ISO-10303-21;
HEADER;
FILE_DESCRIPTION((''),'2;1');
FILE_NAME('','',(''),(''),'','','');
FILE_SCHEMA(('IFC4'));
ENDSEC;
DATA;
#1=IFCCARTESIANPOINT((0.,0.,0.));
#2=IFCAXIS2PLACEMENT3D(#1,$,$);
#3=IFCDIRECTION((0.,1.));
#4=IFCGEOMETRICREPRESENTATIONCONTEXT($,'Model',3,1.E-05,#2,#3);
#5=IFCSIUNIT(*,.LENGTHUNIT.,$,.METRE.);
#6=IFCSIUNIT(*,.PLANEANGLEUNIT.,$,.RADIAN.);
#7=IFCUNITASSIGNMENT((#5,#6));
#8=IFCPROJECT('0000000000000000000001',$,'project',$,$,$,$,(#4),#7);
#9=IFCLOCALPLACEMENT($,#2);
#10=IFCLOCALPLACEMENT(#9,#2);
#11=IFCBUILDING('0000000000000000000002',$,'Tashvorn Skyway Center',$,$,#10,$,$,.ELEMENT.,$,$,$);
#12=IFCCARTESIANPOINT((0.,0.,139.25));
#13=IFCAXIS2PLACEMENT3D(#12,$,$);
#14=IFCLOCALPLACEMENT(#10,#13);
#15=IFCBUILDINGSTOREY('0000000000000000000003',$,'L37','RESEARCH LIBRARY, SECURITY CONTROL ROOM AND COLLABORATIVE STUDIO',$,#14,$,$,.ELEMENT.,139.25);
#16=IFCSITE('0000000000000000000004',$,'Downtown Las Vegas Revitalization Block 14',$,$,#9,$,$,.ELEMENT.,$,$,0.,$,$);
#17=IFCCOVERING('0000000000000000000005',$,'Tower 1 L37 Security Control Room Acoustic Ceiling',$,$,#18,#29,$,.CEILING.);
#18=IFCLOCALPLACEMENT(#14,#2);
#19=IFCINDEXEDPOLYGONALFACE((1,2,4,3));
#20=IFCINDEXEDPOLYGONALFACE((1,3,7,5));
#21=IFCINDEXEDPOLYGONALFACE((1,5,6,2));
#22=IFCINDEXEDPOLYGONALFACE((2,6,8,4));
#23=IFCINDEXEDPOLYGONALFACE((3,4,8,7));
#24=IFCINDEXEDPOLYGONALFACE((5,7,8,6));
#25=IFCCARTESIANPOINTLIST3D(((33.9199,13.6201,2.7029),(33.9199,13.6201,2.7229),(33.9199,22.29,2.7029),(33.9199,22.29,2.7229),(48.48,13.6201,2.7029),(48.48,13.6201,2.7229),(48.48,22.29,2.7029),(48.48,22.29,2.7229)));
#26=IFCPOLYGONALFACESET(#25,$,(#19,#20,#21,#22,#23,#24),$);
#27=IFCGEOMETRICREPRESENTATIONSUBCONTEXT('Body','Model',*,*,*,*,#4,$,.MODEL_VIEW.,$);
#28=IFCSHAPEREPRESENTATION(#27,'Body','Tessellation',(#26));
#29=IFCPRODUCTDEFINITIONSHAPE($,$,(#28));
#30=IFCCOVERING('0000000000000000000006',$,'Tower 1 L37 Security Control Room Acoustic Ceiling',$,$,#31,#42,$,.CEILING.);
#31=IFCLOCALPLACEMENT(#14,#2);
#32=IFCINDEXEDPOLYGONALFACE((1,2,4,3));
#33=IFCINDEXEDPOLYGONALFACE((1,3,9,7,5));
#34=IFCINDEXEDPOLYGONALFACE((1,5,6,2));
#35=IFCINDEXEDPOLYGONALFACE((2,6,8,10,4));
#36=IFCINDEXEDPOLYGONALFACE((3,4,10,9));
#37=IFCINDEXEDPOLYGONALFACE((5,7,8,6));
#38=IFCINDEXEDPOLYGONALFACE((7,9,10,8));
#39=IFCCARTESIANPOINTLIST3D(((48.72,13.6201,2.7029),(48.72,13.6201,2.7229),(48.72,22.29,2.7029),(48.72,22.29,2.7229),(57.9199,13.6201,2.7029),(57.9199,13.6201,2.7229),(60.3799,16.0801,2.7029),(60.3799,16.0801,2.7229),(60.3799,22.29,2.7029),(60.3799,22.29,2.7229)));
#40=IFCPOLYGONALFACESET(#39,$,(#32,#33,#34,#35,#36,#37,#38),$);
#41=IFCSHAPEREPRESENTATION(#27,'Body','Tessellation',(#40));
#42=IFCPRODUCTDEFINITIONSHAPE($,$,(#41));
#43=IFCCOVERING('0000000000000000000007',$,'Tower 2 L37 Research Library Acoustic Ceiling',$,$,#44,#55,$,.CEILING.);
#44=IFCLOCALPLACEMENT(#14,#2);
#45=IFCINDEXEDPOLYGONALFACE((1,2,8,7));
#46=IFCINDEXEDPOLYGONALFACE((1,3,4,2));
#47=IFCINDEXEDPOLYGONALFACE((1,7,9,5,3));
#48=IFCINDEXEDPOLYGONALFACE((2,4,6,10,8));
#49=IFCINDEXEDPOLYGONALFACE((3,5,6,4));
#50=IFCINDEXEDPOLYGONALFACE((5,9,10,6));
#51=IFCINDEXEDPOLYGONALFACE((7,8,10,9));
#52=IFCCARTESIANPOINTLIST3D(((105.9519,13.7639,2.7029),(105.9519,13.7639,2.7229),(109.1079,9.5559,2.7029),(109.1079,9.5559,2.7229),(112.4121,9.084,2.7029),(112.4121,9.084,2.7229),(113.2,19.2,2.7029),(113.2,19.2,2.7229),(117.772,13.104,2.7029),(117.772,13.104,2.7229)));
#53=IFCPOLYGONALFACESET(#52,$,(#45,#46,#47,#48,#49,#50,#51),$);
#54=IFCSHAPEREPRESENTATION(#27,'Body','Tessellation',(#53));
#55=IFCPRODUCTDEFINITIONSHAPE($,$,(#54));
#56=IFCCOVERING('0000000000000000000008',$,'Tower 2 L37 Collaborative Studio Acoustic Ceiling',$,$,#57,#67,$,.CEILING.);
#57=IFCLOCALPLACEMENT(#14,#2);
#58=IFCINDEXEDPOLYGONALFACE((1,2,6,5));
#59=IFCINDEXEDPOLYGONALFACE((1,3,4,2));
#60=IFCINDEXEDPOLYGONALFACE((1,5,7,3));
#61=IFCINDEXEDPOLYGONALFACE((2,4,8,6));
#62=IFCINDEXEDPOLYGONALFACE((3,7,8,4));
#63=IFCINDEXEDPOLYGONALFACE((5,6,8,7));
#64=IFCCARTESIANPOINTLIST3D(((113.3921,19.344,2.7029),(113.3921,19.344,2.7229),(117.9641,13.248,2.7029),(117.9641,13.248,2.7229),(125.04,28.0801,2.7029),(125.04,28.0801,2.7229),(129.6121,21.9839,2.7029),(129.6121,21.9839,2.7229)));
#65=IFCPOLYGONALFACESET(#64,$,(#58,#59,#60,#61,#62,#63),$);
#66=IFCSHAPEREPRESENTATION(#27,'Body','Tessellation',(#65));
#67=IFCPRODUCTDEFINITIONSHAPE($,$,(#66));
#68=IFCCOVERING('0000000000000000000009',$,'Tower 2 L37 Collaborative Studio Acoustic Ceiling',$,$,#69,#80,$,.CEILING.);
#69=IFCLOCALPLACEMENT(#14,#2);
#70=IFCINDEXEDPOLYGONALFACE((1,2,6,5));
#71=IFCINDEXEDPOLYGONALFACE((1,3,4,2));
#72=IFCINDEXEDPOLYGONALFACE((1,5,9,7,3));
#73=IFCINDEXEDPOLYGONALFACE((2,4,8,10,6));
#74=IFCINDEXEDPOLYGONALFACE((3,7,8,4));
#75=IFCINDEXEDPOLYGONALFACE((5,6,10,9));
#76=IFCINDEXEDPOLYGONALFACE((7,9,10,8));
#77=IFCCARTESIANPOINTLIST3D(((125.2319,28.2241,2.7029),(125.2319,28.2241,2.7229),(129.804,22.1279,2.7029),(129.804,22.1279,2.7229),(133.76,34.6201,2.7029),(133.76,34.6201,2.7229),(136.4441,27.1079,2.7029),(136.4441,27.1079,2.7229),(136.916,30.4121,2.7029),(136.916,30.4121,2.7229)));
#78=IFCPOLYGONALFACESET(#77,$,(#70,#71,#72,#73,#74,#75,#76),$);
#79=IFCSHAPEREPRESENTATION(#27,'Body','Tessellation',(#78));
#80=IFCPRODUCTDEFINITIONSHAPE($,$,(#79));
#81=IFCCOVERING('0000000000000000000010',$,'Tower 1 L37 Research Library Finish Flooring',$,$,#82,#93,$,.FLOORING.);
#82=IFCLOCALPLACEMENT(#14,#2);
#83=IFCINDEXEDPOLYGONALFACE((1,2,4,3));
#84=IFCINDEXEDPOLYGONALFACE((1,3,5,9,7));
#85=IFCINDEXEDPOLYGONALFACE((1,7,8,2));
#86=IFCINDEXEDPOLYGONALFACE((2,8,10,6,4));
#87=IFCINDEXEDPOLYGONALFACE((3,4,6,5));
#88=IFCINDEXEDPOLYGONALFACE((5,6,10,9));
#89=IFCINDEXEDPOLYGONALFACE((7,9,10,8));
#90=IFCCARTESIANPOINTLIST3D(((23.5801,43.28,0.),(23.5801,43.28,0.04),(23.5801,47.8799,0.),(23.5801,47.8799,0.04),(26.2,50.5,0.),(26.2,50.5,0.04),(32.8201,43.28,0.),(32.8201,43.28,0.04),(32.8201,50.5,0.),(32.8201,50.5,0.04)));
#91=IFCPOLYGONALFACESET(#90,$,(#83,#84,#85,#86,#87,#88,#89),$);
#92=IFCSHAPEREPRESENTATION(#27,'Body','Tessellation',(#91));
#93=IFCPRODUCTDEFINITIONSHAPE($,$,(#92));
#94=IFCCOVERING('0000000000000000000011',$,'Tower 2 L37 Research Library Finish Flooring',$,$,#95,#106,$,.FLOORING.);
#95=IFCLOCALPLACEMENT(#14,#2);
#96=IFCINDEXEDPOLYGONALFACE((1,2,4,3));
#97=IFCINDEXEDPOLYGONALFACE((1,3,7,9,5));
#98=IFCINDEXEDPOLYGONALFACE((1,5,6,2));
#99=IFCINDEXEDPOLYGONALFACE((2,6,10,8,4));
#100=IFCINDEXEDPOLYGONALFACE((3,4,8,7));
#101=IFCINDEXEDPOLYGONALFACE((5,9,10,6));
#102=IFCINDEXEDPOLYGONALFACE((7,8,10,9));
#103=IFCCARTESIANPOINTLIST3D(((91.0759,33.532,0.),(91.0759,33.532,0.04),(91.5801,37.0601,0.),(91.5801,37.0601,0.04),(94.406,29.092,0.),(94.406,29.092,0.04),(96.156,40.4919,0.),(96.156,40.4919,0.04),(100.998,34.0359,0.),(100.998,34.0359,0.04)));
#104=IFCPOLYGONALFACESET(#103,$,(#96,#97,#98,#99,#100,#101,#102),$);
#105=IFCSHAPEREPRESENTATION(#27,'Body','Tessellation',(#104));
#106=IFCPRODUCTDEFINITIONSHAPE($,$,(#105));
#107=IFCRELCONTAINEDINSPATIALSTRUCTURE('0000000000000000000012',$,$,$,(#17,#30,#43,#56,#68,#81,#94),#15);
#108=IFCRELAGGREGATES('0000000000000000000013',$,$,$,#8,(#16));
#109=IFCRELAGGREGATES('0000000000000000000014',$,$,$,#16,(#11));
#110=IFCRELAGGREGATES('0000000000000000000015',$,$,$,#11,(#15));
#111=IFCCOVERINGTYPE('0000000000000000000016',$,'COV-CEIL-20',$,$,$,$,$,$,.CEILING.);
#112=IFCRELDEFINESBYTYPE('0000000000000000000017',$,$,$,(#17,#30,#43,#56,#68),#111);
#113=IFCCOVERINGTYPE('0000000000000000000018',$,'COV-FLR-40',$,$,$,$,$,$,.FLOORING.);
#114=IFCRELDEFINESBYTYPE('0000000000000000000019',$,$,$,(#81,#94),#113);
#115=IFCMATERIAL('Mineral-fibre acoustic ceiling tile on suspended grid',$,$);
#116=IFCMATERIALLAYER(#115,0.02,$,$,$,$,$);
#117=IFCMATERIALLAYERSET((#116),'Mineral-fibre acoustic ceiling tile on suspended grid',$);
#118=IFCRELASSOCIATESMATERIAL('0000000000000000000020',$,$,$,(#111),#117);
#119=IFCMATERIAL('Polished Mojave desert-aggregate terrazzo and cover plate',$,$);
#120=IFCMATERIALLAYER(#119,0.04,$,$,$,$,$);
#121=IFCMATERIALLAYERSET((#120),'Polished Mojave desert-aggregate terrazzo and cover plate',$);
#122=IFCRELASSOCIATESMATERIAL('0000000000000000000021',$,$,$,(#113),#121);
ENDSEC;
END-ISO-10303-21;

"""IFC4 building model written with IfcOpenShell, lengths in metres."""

from ifc_helpers import new_model, si_unit, direction, frame, origin, place, context, subcontext, project, spatial, polyline, outline, extrude, material, layer, layer_set, type_object, element, save


model = new_model("IFC4")

# Units and contexts
model_context = context("Model", 3, precision=1e-05, world=origin(), true_north=direction((0.0, 1.0)))
body_context = subcontext(model_context, "Body", "Model", "MODEL_VIEW")
ifc_project = project(units=[si_unit("LENGTHUNIT", "METRE"), si_unit("PLANEANGLEUNIT", "RADIAN")], contexts=[model_context])

# Site, building, storey
site_placement = place(None, origin())
site = spatial("IfcSite", under=ifc_project, at=site_placement, Name="Downtown Las Vegas Revitalization Block 14", CompositionType="ELEMENT", RefElevation=0.0)
building_placement = place(site_placement, origin())
building = spatial("IfcBuilding", under=site, at=building_placement, Name="Tashvorn Skyway Center", CompositionType="ELEMENT")
storey_placement = place(building_placement, frame((0.0, 0.0, 139.25)))
storey = spatial("IfcBuildingStorey", under=building, at=storey_placement, Name="L37", Description="RESEARCH LIBRARY, SECURITY CONTROL ROOM AND COLLABORATIVE STUDIO", CompositionType="ELEMENT", Elevation=139.25)

# Coverings
ifc_material_1 = material(Name="Mineral-fibre acoustic ceiling tile on suspended grid")
ifc_layer_1 = layer(ifc_material_1, 0.02)
ifc_layer_set_1 = layer_set([ifc_layer_1], Name="Mineral-fibre acoustic ceiling tile on suspended grid")
covering_type_1 = type_object("IfcCoveringType", Name="COV-CEIL-20", PredefinedType="CEILING", material=ifc_layer_set_1)
covering_1_placement = place(storey_placement, frame((0.0, 0.0, 2.7029)))
element("IfcCovering", 1, at=covering_1_placement, inside=storey, type_object=covering_type_1, Name="Tower 1 L37 Security Control Room Acoustic Ceiling", PredefinedType="CEILING", context=body_context, shape_type="SweptSolid", body=[
    extrude(outline(polyline([(33.9199, 22.29), (48.48, 22.29), (48.48, 13.6201), (33.9199, 13.6201), (33.9199, 22.29)])), origin(), (0.0, 0.0, 1.0), 0.02),
])
covering_2_placement = place(storey_placement, frame((0.0, 0.0, 2.7029)))
element("IfcCovering", 2, at=covering_2_placement, inside=storey, type_object=covering_type_1, Name="Tower 1 L37 Security Control Room Acoustic Ceiling", PredefinedType="CEILING", context=body_context, shape_type="SweptSolid", body=[
    extrude(outline(polyline([(48.72, 13.6201), (48.72, 22.29), (60.3799, 22.29), (60.3799, 16.0801), (57.9199, 13.6201), (48.72, 13.6201)])), origin(), (0.0, 0.0, 1.0), 0.02),
])
covering_3_placement = place(storey_placement, frame((0.0, 0.0, 2.7029)))
element("IfcCovering", 3, at=covering_3_placement, inside=storey, type_object=covering_type_1, Name="Tower 2 L37 Research Library Acoustic Ceiling", PredefinedType="CEILING", context=body_context, shape_type="SweptSolid", body=[
    extrude(outline(polyline([(105.9519, 13.7639), (113.2, 19.2), (117.772, 13.104), (112.4121, 9.084), (109.1079, 9.5559), (105.9519, 13.7639)])), origin(), (0.0, 0.0, 1.0), 0.02),
])
covering_4_placement = place(storey_placement, frame((0.0, 0.0, 2.7029)))
element("IfcCovering", 4, at=covering_4_placement, inside=storey, type_object=covering_type_1, Name="Tower 2 L37 Collaborative Studio Acoustic Ceiling", PredefinedType="CEILING", context=body_context, shape_type="SweptSolid", body=[
    extrude(outline(polyline([(113.3921, 19.344), (125.04, 28.0801), (129.6121, 21.9839), (117.9641, 13.248), (113.3921, 19.344)])), origin(), (0.0, 0.0, 1.0), 0.02),
])
covering_5_placement = place(storey_placement, frame((0.0, 0.0, 2.7029)))
element("IfcCovering", 5, at=covering_5_placement, inside=storey, type_object=covering_type_1, Name="Tower 2 L37 Collaborative Studio Acoustic Ceiling", PredefinedType="CEILING", context=body_context, shape_type="SweptSolid", body=[
    extrude(outline(polyline([(129.804, 22.1279), (125.2319, 28.2241), (133.76, 34.6201), (136.916, 30.4121), (136.4441, 27.1079), (129.804, 22.1279)])), origin(), (0.0, 0.0, 1.0), 0.02),
])
ifc_material_2 = material(Name="Polished Mojave desert-aggregate terrazzo and cover plate")
ifc_layer_2 = layer(ifc_material_2, 0.04)
ifc_layer_set_2 = layer_set([ifc_layer_2], Name="Polished Mojave desert-aggregate terrazzo and cover plate")
covering_type_2 = type_object("IfcCoveringType", Name="COV-FLR-40", PredefinedType="FLOORING", material=ifc_layer_set_2)
covering_6_placement = place(storey_placement, origin())
element("IfcCovering", 6, at=covering_6_placement, inside=storey, type_object=covering_type_2, Name="Tower 1 L37 Research Library Finish Flooring", PredefinedType="FLOORING", context=body_context, shape_type="SweptSolid", body=[
    extrude(outline(polyline([(32.8201, 43.28), (23.5801, 43.28), (23.5801, 47.8799), (26.2, 50.5), (32.8201, 50.5), (32.8201, 43.28)])), origin(), (0.0, 0.0, 1.0), 0.04),
])
covering_7_placement = place(storey_placement, origin())
element("IfcCovering", 7, at=covering_7_placement, inside=storey, type_object=covering_type_2, Name="Tower 2 L37 Research Library Finish Flooring", PredefinedType="FLOORING", context=body_context, shape_type="SweptSolid", body=[
    extrude(outline(polyline([(100.998, 34.0359), (94.406, 29.092), (91.0759, 33.532), (91.5801, 37.0601), (96.156, 40.4919), (100.998, 34.0359)])), origin(), (0.0, 0.0, 1.0), 0.04),
])

save(model, "model.ifc")
